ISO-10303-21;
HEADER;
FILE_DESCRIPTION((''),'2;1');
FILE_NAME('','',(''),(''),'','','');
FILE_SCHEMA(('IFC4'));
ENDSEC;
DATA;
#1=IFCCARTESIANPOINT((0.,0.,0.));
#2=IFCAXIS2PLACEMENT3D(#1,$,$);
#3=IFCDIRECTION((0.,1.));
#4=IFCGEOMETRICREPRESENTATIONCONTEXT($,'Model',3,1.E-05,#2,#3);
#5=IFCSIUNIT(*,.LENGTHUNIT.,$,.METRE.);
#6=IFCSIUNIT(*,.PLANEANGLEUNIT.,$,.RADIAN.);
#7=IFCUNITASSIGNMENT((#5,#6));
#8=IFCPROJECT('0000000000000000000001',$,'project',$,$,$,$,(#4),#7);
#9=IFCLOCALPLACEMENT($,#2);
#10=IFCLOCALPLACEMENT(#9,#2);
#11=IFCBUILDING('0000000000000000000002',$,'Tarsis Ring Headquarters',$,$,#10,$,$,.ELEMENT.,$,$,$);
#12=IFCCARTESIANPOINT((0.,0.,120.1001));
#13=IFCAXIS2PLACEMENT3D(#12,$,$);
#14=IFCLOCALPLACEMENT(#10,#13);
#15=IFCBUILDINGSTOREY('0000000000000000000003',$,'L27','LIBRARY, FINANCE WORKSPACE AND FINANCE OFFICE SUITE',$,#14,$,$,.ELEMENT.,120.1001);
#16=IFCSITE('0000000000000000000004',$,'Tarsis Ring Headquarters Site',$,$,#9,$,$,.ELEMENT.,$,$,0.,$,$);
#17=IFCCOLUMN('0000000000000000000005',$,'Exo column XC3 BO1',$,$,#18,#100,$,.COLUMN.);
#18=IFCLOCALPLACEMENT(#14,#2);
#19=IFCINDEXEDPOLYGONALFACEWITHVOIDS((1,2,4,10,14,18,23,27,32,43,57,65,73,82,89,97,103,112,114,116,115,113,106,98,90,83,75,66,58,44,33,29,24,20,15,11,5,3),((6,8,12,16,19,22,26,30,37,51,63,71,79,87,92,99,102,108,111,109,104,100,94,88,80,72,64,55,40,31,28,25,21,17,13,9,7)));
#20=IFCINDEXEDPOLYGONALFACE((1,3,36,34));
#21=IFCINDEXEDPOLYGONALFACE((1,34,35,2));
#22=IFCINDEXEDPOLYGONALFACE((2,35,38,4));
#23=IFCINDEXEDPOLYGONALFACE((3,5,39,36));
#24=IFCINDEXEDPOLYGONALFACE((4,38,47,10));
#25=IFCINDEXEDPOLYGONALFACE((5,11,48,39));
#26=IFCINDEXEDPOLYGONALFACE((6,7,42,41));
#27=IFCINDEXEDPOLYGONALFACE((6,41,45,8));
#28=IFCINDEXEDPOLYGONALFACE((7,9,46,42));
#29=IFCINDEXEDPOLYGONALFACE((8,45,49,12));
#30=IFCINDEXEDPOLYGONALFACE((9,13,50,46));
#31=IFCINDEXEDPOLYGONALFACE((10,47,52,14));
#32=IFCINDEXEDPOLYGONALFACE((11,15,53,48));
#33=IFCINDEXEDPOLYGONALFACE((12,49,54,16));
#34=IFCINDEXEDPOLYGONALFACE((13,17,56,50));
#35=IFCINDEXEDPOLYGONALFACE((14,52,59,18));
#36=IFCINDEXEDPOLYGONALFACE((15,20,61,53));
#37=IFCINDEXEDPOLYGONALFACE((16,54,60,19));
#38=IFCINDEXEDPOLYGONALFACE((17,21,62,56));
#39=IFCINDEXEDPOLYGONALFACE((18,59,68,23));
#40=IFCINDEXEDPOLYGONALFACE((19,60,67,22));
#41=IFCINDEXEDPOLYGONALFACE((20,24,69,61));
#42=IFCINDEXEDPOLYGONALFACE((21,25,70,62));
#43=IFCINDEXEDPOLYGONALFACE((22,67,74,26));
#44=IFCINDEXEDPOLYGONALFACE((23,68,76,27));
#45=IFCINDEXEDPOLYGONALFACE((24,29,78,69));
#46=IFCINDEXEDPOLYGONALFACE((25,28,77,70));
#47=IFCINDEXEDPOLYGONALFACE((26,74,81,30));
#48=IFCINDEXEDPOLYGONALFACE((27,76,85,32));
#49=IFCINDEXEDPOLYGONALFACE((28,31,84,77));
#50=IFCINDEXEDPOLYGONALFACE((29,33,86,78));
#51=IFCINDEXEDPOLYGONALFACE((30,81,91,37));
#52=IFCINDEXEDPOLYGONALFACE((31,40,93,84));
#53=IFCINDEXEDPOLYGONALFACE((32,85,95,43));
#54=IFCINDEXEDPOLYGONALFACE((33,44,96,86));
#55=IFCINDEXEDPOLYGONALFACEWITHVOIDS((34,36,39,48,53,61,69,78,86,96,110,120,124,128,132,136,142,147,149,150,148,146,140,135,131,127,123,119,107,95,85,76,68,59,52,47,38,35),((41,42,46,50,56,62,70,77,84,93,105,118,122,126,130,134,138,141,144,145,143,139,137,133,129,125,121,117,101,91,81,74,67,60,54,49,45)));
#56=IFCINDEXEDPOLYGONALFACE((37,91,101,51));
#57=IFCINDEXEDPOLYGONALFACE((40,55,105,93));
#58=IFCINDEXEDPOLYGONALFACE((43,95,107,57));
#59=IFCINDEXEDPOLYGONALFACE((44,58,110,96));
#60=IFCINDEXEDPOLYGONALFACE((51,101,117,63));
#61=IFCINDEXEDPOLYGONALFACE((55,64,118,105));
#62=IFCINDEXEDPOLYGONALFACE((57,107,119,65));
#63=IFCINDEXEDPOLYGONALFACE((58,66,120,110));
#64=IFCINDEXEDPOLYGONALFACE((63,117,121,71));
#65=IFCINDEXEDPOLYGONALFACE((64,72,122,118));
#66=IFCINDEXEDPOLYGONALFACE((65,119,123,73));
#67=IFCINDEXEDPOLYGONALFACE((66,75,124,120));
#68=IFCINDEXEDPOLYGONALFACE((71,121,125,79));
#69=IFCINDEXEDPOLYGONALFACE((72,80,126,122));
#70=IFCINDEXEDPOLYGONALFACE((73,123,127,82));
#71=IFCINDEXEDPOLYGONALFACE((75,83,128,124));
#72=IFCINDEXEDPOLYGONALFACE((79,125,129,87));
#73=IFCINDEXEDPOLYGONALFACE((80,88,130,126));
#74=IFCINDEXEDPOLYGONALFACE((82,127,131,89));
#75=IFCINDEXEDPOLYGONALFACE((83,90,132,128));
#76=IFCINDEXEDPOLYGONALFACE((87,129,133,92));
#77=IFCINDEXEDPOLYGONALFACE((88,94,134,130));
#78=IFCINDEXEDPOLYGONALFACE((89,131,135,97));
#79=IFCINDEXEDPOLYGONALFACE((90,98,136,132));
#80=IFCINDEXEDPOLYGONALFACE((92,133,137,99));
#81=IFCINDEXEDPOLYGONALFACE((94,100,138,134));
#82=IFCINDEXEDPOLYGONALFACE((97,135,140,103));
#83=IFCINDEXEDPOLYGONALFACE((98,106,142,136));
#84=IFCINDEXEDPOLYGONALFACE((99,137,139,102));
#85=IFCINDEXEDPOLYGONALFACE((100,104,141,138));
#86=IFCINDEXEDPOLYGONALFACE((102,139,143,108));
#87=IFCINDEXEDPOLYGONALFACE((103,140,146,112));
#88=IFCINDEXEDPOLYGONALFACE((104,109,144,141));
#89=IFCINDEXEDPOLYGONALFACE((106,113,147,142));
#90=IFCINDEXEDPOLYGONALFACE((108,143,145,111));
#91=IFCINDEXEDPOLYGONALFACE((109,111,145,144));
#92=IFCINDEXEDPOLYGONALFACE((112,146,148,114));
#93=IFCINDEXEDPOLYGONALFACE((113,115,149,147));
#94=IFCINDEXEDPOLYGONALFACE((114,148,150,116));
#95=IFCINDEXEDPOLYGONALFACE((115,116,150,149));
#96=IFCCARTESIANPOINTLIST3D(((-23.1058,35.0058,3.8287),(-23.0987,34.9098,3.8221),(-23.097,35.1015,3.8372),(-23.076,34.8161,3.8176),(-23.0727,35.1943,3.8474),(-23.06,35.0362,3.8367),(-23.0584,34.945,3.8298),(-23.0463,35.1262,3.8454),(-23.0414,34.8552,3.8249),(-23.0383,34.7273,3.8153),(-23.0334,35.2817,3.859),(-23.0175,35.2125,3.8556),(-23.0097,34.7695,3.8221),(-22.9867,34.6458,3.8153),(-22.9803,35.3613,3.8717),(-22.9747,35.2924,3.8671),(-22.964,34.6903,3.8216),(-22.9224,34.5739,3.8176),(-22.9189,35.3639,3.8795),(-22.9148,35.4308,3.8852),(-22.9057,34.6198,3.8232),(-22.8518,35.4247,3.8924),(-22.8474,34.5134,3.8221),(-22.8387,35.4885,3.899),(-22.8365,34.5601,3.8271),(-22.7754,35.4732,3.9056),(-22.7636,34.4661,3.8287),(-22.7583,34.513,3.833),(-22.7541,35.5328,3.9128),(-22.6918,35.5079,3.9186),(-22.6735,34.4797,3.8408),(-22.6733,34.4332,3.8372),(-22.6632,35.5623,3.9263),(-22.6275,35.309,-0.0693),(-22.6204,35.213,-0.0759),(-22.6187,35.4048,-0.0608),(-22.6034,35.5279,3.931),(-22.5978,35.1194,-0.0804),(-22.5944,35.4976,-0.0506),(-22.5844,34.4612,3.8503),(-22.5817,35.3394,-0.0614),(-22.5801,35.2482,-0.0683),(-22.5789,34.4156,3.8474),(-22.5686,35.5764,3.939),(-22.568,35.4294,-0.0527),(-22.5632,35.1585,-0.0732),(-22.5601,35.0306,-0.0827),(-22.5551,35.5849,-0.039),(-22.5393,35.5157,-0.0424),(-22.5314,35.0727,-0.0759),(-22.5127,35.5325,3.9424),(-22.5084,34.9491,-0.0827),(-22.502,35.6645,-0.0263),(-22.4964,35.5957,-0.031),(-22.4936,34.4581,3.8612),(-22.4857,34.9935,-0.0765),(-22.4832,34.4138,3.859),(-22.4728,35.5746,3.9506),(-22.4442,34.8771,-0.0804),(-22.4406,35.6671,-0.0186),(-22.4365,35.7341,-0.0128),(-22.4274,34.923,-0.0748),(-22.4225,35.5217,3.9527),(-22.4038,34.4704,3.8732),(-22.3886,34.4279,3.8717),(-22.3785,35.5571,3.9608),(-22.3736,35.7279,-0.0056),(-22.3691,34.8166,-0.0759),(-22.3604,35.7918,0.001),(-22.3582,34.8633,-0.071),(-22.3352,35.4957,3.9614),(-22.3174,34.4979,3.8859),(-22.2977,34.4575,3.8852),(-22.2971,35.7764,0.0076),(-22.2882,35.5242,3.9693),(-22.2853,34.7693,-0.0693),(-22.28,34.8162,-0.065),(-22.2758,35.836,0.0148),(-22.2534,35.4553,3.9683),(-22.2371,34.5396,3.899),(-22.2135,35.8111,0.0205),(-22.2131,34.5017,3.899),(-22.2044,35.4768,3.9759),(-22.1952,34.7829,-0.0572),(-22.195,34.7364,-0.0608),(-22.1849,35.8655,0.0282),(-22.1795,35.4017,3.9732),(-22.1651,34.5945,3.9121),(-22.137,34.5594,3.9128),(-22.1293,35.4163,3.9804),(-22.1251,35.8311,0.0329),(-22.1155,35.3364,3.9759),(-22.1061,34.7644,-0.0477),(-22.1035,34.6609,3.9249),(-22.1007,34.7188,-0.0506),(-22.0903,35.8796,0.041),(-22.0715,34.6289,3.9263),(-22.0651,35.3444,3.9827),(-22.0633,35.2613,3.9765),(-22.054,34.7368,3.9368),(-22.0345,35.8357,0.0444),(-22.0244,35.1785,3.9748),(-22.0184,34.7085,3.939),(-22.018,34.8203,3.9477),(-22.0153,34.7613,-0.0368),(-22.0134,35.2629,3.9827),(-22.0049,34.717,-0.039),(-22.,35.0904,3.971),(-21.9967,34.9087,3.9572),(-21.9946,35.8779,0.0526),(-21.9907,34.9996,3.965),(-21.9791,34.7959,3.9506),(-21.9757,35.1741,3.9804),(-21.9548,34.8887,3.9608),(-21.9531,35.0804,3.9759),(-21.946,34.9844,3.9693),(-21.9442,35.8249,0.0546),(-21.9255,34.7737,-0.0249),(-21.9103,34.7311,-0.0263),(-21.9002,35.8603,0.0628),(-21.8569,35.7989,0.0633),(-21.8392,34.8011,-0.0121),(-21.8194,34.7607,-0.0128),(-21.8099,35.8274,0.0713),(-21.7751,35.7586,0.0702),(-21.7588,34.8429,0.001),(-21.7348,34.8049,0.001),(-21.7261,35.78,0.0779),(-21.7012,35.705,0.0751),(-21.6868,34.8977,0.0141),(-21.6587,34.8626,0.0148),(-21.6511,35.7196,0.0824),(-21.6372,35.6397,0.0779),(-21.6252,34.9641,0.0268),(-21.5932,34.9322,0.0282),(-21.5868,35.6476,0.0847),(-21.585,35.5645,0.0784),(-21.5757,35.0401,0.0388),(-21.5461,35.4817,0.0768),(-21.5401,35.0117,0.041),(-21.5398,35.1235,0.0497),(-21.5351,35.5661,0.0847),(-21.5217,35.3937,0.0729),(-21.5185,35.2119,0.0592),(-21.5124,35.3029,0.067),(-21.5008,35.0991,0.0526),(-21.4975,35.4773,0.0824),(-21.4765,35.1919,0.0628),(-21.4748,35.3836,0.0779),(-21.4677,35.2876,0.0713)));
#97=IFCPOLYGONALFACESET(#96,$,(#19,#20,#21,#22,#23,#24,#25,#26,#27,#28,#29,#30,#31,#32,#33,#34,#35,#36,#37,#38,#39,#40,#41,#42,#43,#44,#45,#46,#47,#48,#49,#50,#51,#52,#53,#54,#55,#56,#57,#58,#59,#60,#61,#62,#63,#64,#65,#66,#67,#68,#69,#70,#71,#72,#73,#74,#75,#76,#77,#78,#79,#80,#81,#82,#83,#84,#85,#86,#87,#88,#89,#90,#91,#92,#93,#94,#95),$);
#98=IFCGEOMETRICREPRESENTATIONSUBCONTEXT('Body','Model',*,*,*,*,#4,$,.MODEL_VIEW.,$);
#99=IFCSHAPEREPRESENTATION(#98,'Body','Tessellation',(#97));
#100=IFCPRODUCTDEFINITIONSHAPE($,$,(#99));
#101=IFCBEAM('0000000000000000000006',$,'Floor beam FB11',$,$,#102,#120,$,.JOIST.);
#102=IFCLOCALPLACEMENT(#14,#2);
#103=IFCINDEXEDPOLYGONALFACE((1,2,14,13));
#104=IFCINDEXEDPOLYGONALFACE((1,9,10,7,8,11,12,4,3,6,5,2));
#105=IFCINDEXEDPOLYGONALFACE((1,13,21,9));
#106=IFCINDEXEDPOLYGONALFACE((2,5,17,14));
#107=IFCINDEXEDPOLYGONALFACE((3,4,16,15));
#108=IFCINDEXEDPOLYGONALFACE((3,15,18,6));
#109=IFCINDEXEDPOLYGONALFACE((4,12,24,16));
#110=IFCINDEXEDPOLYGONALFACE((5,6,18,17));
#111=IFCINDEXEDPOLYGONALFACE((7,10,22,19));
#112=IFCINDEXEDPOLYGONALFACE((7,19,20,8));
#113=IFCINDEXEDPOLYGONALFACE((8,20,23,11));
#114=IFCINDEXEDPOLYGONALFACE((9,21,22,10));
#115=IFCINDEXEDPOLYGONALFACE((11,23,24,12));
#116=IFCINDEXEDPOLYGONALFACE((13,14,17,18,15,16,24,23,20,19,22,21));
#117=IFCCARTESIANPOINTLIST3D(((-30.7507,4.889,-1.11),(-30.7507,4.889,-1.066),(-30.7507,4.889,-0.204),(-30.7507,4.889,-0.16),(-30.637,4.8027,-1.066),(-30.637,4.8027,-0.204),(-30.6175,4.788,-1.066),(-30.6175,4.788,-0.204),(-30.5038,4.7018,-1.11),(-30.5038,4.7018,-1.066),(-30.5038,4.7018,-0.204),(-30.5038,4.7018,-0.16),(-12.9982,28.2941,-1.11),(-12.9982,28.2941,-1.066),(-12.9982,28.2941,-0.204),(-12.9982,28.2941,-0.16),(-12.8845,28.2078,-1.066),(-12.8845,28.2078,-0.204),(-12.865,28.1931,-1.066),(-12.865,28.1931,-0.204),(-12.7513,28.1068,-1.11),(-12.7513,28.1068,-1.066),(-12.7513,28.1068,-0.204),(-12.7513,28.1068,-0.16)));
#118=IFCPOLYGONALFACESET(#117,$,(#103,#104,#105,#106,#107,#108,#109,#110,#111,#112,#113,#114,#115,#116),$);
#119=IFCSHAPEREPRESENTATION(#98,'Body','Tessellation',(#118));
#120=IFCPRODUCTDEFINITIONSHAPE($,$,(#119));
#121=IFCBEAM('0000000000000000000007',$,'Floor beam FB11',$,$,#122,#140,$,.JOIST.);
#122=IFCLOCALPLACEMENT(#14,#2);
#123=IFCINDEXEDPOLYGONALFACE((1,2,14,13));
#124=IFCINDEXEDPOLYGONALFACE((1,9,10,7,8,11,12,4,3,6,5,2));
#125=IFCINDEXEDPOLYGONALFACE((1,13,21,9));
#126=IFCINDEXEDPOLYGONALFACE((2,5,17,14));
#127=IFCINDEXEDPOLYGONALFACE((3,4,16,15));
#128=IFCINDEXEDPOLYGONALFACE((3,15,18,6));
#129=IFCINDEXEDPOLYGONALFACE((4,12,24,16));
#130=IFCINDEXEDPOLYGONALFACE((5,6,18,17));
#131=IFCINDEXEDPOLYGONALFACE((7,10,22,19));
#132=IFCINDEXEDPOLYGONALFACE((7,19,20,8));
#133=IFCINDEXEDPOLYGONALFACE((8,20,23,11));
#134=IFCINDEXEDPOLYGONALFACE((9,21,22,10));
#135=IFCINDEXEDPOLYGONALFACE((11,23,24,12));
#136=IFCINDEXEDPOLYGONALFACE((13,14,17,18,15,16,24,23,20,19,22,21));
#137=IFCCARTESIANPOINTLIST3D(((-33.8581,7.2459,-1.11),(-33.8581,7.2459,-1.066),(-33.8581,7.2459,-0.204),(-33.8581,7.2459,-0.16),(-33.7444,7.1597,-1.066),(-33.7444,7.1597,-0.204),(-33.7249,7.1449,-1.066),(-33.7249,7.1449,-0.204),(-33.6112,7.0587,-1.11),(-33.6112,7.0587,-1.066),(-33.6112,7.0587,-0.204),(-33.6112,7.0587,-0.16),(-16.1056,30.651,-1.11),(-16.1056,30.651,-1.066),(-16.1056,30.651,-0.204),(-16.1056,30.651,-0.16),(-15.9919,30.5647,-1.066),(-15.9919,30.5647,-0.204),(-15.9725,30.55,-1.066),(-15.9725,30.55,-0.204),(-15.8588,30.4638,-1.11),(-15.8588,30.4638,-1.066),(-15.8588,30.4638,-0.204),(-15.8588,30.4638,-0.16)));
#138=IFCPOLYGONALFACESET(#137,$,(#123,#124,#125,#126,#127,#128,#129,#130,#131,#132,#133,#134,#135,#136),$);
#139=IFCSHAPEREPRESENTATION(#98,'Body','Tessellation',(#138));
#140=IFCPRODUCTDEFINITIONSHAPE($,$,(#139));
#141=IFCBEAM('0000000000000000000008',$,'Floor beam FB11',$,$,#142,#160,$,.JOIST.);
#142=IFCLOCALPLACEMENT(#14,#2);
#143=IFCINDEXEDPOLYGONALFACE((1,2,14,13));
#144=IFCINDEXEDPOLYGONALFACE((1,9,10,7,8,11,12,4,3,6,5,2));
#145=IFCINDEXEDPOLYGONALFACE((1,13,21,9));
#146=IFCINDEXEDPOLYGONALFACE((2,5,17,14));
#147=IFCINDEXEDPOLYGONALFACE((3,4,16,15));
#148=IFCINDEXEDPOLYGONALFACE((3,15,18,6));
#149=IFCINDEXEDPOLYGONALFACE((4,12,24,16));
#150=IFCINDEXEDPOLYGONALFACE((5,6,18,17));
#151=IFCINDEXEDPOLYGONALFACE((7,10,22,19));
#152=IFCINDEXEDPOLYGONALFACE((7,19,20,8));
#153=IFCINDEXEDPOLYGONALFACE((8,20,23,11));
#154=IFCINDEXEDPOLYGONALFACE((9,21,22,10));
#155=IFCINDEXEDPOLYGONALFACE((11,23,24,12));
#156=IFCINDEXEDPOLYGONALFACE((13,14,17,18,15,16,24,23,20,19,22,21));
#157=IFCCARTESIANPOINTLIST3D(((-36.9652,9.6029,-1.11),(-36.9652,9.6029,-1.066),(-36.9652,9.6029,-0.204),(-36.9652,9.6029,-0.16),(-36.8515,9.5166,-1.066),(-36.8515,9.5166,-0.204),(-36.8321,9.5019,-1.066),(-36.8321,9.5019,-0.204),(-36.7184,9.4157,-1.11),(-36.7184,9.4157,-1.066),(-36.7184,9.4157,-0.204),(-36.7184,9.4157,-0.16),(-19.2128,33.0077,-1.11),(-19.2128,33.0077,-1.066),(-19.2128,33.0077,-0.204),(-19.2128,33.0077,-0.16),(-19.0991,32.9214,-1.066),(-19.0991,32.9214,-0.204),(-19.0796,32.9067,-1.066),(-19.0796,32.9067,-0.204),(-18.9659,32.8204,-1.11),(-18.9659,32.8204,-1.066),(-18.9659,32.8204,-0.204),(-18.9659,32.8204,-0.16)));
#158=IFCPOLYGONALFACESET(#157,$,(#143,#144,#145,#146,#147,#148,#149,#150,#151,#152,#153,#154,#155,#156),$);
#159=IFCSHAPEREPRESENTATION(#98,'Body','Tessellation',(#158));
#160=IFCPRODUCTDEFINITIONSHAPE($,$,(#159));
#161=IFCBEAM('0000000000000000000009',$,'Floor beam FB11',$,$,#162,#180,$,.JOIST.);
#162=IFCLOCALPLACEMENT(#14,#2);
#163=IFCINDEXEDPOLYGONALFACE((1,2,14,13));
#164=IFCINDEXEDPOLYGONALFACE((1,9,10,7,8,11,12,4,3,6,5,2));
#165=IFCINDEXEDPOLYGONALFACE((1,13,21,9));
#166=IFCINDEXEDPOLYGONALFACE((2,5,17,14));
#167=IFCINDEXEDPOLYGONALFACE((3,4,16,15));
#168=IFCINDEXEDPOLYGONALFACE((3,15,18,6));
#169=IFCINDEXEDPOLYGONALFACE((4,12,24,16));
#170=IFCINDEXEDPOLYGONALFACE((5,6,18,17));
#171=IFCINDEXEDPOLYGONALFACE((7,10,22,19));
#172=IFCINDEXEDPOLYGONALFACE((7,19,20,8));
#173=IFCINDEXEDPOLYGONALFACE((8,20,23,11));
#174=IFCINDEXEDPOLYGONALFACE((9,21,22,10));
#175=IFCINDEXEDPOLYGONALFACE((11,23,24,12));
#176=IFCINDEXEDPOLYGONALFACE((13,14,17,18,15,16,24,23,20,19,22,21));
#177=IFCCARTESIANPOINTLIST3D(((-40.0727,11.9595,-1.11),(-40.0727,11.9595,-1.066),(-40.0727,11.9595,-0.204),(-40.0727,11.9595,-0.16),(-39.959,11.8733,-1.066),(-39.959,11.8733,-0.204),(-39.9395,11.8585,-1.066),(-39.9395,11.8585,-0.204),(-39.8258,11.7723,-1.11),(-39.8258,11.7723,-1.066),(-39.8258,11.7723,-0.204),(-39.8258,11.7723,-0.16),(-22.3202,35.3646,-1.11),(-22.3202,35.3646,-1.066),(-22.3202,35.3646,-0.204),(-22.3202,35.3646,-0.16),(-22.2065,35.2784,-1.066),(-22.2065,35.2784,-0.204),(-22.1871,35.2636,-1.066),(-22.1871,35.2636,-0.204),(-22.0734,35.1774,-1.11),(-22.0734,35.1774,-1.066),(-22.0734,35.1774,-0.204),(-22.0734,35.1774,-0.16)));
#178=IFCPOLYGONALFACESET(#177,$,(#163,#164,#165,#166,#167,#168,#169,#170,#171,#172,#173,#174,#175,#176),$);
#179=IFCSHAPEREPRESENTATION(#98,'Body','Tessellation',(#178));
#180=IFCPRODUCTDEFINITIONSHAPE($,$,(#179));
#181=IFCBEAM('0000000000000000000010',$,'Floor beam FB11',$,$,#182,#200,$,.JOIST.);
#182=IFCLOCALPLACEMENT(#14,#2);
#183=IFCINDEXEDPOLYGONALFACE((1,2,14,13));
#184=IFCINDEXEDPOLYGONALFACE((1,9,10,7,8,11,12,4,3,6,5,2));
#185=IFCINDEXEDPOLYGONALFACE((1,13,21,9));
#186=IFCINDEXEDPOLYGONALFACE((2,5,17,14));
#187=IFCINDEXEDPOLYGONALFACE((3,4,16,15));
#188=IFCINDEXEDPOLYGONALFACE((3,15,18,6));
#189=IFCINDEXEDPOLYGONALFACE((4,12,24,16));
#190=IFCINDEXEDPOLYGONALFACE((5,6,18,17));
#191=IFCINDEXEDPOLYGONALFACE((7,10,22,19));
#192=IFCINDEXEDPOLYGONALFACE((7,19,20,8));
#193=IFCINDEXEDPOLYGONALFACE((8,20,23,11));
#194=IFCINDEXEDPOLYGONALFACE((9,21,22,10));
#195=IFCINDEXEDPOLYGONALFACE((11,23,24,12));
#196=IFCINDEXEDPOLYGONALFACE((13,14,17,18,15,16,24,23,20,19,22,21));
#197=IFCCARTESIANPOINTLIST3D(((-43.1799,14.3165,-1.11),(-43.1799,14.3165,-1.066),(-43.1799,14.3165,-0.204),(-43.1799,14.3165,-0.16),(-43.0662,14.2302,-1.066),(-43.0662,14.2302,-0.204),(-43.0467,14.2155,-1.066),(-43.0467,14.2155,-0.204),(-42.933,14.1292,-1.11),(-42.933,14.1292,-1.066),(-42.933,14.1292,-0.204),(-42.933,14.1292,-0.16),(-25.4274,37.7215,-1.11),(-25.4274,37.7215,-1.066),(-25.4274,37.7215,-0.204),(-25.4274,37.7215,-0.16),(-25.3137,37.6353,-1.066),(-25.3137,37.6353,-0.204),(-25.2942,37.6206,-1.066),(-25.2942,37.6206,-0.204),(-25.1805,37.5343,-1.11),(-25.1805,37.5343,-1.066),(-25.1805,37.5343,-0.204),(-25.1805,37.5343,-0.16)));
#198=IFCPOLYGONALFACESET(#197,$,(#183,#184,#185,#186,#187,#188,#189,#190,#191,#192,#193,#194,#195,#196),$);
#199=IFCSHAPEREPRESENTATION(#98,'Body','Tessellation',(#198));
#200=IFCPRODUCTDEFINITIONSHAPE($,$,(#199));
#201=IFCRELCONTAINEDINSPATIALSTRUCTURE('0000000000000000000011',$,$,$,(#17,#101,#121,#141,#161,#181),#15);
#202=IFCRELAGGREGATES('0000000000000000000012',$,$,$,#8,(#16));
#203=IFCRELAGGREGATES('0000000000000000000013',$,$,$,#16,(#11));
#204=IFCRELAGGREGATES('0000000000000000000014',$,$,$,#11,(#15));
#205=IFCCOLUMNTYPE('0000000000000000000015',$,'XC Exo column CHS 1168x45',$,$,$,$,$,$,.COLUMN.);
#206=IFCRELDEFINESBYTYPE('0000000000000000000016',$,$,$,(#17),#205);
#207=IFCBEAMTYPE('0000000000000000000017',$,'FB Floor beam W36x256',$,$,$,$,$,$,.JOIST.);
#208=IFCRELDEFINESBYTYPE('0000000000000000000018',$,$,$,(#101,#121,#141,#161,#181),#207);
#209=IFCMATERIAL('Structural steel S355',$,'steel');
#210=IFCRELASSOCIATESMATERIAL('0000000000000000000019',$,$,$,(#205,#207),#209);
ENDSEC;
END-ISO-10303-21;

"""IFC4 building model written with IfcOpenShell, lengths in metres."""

from ifc_helpers import new_model, si_unit, direction, frame, origin, origin_2d, place, context, subcontext, project, spatial, hollow_circle, i_section, extrude, material, material_profile, profile_set, type_object, element, save


model = new_model("IFC4")

# Units and contexts
model_context = context("Model", 3, precision=1e-05, world=origin(), true_north=direction((0.0, 1.0)))
body_context = subcontext(model_context, "Body", "Model", "MODEL_VIEW")
ifc_project = project(units=[si_unit("LENGTHUNIT", "METRE"), si_unit("PLANEANGLEUNIT", "RADIAN")], contexts=[model_context])

# Site, building, storey
site_placement = place(None, origin())
site = spatial("IfcSite", under=ifc_project, at=site_placement, Name="Tarsis Ring Headquarters Site", CompositionType="ELEMENT", RefElevation=0.0)
building_placement = place(site_placement, origin())
building = spatial("IfcBuilding", under=site, at=building_placement, Name="Tarsis Ring Headquarters", CompositionType="ELEMENT")
storey_placement = place(building_placement, frame((0.0, 0.0, 120.1001)))
storey = spatial("IfcBuildingStorey", under=building, at=storey_placement, Name="L27", Description="LIBRARY, FINANCE WORKSPACE AND FINANCE OFFICE SUITE", CompositionType="ELEMENT", Elevation=120.1001)

# Column
ifc_material_1 = material(Name="Structural steel S355", Category="steel")
ifc_material_profile_1 = material_profile(ifc_material_1, hollow_circle(Radius=0.5842, WallThickness=0.0449, at=origin_2d()), Name="CHS 1168x45")
ifc_profile_set_1 = profile_set([ifc_material_profile_1], Name="Structural steel S355")
column_type = type_object("IfcColumnType", Name="XC Exo column CHS 1168x45", PredefinedType="COLUMN", material=ifc_profile_set_1)
column_placement = place(storey_placement, frame((-22.0476, 35.2983, 0.001), z_axis=(-0.121424, -0.076982, 0.989611), x_axis=(0.535452, -0.844566, 0.0)))
element("IfcColumn", 1, at=column_placement, inside=storey, type_object=column_type, Name="Exo column XC3 BO1", PredefinedType="COLUMN", context=body_context, shape_type="SweptSolid", body=[
    extrude(hollow_circle(Radius=0.5842, WallThickness=0.0449, at=origin_2d()), origin(), (0.0, 0.0, 1.0), 3.939),
])

# Beams
ifc_material_profile_2 = material_profile(ifc_material_1, i_section(OverallWidth=0.3098, OverallDepth=0.95, WebThickness=0.0244, FlangeThickness=0.0439, at=origin_2d()), Name="W36x256")
ifc_profile_set_2 = profile_set([ifc_material_profile_2], Name="Structural steel S355")
beam_type_1 = type_object("IfcBeamType", Name="FB Floor beam W36x256", PredefinedType="JOIST", material=ifc_profile_set_2)
for number, where, z_axis, x_axis, name in (
    (2, (-12.8748, 28.2004, -0.635), (-0.60432, -0.796742, 0.0), (0.796742, -0.60432, 0.0), "Floor beam FB11"),
    (3, (-15.9822, 30.5574, -0.635), (-0.60432, -0.796742, 0.0), (0.796742, -0.60432, 0.0), "Floor beam FB11"),
):
    element("IfcBeam", number, at=place(storey_placement, frame(where, z_axis=z_axis, x_axis=x_axis)), inside=storey, type_object=beam_type_1, Name=name, PredefinedType="JOIST", context=body_context, shape_type="SweptSolid", body=[
        extrude(i_section(OverallWidth=0.3098, OverallDepth=0.95, WebThickness=0.0244, FlangeThickness=0.0439, at=origin_2d()), origin(), (0.0, 0.0, 1.0), 29.376),
    ])
beam_1_placement = place(storey_placement, frame((-19.0894, 32.9141, -0.635), z_axis=(-0.604324, -0.796739, 0.0), x_axis=(0.796739, -0.604324, 0.0)))
element("IfcBeam", 4, at=beam_1_placement, inside=storey, type_object=beam_type_1, Name="Floor beam FB11", PredefinedType="JOIST", context=body_context, shape_type="SweptSolid", body=[
    extrude(i_section(OverallWidth=0.3098, OverallDepth=0.95, WebThickness=0.0244, FlangeThickness=0.0439, at=origin_2d()), origin(), (0.0, 0.0, 1.0), 29.3757),
])
for number, where, z_axis, x_axis, name in (
    (5, (-22.1968, 35.271, -0.635), (-0.60432, -0.796742, 0.0), (0.796742, -0.60432, 0.0), "Floor beam FB11"),
    (6, (-25.304, 37.6279, -0.635), (-0.60432, -0.796742, 0.0), (0.796742, -0.60432, 0.0), "Floor beam FB11"),
):
    element("IfcBeam", number, at=place(storey_placement, frame(where, z_axis=z_axis, x_axis=x_axis)), inside=storey, type_object=beam_type_1, Name=name, PredefinedType="JOIST", context=body_context, shape_type="SweptSolid", body=[
        extrude(i_section(OverallWidth=0.3098, OverallDepth=0.95, WebThickness=0.0244, FlangeThickness=0.0439, at=origin_2d()), origin(), (0.0, 0.0, 1.0), 29.376),
    ])

save(model, "model.ifc")
